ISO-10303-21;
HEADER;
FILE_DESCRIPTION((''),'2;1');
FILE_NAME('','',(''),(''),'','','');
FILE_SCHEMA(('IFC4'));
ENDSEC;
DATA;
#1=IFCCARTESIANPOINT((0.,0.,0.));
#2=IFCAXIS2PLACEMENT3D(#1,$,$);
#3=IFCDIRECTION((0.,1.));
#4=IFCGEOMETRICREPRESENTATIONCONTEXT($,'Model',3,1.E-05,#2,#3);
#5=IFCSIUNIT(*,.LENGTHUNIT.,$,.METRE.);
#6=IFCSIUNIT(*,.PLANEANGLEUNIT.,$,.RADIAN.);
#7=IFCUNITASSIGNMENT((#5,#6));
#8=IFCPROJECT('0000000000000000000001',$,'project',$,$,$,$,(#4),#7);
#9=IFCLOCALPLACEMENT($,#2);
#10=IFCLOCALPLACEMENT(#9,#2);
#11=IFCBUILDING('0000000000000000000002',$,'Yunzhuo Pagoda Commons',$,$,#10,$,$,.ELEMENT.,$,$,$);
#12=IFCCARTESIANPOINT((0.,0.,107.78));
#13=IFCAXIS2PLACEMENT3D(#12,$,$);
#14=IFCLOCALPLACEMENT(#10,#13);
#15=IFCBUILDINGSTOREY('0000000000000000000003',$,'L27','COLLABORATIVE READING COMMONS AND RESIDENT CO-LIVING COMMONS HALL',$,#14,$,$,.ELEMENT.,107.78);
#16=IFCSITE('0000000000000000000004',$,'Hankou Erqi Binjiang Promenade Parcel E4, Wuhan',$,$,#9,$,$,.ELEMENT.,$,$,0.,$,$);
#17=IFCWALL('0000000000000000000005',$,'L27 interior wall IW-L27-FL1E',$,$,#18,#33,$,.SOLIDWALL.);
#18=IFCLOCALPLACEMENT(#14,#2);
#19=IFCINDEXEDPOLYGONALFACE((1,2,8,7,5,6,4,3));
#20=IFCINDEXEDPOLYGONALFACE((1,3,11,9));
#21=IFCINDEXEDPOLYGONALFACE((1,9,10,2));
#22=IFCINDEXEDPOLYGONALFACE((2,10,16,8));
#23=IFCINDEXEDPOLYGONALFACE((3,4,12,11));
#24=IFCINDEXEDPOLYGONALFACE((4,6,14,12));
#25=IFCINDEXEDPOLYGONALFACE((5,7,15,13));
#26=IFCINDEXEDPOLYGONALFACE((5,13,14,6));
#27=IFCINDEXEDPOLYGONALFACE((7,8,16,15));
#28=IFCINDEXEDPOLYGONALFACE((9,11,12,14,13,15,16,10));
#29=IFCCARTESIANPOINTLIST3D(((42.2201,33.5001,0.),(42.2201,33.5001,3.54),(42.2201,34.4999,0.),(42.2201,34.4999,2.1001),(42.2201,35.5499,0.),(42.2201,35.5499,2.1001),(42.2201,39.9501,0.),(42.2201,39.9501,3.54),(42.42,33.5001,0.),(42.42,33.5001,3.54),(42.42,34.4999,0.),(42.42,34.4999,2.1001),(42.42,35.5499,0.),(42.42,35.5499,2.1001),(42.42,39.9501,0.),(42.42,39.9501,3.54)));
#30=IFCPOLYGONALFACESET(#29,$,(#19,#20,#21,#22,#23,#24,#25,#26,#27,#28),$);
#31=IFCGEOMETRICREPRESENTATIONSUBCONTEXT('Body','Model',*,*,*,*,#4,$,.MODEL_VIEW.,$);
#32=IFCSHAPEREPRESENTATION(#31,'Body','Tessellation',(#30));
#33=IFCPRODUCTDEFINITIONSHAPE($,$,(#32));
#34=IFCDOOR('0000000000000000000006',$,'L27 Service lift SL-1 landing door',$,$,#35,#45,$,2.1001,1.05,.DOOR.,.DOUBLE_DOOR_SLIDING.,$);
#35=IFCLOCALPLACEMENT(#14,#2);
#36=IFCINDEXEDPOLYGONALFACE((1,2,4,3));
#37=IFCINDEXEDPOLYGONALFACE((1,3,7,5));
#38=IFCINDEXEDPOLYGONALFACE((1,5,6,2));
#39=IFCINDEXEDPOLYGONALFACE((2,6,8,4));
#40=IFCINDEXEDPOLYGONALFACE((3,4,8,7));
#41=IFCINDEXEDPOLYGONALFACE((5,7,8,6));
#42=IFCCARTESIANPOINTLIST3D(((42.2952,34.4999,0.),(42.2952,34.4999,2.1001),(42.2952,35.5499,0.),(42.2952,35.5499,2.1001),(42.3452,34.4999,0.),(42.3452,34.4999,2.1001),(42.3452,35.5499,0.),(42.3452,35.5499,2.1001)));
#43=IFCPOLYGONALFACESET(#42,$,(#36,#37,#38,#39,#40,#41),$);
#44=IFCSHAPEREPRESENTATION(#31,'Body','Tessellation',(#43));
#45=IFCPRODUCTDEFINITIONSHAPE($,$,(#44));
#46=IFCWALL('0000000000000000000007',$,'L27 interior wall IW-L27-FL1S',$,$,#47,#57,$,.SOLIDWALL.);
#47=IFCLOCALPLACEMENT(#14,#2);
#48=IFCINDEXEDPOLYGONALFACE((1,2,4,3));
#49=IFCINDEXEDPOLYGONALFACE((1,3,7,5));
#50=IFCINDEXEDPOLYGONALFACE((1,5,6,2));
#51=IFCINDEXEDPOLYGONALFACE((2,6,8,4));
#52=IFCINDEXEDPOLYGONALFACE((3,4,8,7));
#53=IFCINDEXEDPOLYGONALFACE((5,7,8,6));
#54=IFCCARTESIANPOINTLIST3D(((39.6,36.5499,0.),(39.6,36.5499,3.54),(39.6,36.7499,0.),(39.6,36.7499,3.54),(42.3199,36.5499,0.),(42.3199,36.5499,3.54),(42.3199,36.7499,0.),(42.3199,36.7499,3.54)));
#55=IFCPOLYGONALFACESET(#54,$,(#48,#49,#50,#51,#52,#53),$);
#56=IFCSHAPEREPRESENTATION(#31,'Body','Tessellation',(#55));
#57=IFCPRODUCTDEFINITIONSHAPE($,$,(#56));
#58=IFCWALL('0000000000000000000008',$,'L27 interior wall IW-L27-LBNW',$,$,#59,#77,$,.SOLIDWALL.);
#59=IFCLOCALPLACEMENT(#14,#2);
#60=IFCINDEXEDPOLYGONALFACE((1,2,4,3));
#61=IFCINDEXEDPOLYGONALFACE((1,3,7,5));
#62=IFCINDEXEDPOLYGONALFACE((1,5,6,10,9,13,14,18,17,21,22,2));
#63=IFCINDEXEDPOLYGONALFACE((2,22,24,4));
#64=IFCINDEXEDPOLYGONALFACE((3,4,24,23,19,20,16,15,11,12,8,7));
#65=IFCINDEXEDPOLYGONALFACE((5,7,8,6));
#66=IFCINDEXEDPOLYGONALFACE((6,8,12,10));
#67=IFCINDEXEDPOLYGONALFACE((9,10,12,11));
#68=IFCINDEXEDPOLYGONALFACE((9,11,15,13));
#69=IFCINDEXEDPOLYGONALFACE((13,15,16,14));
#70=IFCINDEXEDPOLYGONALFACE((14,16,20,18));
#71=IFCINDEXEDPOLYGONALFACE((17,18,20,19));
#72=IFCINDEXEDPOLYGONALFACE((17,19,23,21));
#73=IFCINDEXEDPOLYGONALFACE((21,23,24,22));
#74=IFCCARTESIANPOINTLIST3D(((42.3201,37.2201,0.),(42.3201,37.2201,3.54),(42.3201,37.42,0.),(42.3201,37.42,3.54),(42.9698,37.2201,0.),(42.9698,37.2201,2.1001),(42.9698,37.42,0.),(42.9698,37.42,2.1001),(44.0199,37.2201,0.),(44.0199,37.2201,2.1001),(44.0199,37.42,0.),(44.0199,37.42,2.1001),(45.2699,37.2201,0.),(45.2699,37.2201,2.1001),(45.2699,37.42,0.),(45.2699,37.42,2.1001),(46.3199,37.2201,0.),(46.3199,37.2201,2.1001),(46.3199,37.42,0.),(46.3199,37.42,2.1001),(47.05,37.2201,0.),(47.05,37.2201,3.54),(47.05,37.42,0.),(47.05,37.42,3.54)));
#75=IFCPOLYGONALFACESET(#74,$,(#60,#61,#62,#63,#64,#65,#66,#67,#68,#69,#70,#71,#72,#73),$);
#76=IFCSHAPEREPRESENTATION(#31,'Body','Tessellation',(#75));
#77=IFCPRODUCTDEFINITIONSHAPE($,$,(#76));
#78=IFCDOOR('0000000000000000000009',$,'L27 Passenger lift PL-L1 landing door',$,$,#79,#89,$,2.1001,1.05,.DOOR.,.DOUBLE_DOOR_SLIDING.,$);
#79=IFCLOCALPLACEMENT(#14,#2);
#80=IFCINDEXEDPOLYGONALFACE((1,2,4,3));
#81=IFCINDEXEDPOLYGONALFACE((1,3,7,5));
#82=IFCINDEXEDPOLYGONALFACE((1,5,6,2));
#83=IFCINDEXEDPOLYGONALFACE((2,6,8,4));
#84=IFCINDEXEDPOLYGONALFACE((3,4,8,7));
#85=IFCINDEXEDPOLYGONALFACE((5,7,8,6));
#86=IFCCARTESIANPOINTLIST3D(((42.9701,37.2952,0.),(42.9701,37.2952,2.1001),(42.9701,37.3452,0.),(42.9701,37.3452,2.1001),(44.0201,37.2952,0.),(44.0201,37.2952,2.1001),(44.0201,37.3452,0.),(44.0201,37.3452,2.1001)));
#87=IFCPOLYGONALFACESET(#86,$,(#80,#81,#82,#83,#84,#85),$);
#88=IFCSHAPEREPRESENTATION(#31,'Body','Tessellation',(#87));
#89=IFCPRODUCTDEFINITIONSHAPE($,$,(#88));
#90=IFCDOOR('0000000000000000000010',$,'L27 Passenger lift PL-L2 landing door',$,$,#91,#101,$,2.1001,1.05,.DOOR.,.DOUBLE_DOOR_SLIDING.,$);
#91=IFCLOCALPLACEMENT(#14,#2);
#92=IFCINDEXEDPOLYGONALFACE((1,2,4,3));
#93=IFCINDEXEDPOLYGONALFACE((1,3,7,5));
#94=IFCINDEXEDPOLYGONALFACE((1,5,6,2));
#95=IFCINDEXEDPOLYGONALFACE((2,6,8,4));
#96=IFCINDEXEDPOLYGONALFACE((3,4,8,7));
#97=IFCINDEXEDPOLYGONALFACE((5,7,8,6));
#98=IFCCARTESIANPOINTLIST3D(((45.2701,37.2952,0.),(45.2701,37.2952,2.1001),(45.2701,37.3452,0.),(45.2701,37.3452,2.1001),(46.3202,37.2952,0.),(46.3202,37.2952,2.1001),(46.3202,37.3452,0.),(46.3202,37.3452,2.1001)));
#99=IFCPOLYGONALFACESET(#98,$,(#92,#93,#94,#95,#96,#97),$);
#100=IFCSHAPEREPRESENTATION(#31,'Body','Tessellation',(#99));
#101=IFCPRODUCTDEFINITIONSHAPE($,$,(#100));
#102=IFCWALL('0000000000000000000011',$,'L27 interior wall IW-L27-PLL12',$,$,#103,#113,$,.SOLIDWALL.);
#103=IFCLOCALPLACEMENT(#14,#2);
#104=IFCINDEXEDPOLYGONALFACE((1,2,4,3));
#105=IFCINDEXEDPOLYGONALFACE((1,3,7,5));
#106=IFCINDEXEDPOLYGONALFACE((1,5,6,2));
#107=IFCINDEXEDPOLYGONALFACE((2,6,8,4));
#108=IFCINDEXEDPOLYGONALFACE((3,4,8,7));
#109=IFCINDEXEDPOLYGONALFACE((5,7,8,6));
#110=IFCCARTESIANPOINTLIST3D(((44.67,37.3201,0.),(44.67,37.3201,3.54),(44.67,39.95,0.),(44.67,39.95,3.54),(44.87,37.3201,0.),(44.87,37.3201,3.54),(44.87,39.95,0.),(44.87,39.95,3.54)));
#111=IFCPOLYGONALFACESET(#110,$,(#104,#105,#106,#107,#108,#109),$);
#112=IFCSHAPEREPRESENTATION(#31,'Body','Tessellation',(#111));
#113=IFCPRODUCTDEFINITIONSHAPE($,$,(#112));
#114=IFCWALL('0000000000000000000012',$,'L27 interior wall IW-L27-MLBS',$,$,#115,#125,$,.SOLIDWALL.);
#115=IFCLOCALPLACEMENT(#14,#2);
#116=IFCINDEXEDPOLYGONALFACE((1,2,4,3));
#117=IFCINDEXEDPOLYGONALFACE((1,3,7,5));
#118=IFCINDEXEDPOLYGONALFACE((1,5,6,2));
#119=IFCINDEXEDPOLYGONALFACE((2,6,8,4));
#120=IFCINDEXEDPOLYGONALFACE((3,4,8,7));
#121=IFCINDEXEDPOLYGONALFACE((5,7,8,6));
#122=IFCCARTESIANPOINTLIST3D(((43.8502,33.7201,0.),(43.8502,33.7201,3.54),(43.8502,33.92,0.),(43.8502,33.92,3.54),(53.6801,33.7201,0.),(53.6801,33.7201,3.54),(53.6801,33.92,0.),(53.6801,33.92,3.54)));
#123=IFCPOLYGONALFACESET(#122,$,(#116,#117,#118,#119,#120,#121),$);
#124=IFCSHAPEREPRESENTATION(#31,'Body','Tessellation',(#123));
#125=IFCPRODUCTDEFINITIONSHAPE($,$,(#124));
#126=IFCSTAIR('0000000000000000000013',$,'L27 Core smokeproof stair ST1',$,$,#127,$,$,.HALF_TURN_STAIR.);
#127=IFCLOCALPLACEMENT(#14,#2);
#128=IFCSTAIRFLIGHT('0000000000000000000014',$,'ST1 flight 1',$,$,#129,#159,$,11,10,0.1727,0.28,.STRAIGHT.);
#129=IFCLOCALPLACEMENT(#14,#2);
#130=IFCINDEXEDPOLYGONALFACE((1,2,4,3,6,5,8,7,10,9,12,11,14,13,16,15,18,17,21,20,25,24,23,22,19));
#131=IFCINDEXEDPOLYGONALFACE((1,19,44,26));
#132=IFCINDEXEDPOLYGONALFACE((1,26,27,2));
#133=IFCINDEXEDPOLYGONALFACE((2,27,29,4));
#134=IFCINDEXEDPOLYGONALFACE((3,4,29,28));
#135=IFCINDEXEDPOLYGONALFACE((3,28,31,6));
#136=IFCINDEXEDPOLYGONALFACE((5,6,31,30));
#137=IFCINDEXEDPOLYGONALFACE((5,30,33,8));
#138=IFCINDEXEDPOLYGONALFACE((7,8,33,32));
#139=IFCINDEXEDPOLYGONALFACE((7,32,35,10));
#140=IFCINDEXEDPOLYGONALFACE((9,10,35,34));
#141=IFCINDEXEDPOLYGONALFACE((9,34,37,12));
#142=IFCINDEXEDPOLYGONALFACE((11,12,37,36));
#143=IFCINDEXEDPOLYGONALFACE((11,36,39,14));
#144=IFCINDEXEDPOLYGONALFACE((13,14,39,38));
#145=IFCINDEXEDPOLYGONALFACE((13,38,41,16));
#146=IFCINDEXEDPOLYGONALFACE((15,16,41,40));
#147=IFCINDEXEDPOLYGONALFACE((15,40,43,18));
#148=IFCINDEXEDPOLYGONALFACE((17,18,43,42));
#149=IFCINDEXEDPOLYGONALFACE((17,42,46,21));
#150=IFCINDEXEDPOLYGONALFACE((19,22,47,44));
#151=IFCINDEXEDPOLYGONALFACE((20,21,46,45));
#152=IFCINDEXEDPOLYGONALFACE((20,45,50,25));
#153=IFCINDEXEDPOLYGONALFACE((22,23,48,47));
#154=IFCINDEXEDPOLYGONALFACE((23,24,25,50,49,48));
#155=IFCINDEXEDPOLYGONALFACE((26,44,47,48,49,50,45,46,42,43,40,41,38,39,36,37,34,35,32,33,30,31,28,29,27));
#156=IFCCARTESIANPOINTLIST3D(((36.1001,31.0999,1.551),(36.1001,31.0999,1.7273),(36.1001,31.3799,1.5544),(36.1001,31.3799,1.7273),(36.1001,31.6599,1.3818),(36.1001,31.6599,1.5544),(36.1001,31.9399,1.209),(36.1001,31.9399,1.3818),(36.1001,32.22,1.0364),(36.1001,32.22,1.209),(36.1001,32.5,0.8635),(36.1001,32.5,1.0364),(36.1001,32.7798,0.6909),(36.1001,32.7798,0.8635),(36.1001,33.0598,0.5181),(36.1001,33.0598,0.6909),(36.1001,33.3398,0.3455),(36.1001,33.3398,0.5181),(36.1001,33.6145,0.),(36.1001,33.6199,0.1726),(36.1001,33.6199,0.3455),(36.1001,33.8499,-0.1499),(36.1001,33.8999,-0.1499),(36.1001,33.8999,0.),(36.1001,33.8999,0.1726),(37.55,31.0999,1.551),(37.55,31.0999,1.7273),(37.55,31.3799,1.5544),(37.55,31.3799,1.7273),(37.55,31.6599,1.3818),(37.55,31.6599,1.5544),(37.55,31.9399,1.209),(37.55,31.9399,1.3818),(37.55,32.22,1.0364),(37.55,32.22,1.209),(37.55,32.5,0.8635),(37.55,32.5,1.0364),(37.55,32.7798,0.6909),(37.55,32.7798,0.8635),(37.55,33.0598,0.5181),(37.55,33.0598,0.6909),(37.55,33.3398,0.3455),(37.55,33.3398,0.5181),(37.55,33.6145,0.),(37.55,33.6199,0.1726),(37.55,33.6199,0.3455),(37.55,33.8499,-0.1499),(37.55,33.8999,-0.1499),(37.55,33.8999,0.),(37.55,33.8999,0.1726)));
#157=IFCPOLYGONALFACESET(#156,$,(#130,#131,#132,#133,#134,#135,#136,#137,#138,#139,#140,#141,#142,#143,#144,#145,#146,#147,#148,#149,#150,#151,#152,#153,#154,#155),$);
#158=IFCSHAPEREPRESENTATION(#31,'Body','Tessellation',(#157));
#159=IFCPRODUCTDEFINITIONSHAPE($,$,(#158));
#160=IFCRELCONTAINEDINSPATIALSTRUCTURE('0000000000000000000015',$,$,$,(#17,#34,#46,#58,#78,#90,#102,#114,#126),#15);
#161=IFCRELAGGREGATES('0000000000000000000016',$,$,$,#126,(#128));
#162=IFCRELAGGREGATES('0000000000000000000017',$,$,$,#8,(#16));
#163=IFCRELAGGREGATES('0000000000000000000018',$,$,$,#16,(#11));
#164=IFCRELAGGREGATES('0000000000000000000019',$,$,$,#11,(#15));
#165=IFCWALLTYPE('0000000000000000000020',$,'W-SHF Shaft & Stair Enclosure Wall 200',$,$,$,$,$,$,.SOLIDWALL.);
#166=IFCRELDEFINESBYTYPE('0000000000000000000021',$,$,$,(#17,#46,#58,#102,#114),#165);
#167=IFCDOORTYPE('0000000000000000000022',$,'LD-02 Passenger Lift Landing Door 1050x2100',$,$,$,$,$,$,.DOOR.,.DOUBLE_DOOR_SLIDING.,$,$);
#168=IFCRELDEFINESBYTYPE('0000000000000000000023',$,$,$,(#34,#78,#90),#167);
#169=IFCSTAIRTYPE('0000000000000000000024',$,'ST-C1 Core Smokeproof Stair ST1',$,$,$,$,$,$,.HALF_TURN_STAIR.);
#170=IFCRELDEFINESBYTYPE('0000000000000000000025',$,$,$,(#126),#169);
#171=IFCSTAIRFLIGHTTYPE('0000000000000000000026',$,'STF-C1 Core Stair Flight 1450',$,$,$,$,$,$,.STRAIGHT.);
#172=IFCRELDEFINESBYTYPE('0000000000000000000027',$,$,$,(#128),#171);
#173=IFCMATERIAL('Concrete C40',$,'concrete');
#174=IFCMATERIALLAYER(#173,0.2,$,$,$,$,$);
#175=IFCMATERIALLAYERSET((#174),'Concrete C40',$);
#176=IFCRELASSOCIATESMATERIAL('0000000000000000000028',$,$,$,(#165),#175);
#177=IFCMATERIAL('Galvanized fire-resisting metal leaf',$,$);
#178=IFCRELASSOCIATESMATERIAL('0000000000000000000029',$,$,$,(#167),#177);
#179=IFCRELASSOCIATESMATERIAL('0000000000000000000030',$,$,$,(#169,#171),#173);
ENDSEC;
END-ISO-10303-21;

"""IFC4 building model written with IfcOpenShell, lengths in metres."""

from ifc_helpers import new_model, si_unit, direction, frame, frame_2d, origin, origin_with_axes, place, context, subcontext, project, spatial, polyline, rectangle, outline, extrude, source, transform, mapped, material, layer, layer_set, type_object, element, fill, aggregate, save


model = new_model("IFC4")

# Units and contexts
model_context = context("Model", 3, precision=1e-05, world=origin(), true_north=direction((0.0, 1.0)))
body_context = subcontext(model_context, "Body", "Model", "MODEL_VIEW")
ifc_project = project(units=[si_unit("LENGTHUNIT", "METRE"), si_unit("PLANEANGLEUNIT", "RADIAN")], contexts=[model_context])

# Site, building, storey
site_placement = place(None, origin())
site = spatial("IfcSite", under=ifc_project, at=site_placement, Name="Hankou Erqi Binjiang Promenade Parcel E4, Wuhan", CompositionType="ELEMENT", RefElevation=0.0)
building_placement = place(site_placement, origin())
building = spatial("IfcBuilding", under=site, at=building_placement, Name="Yunzhuo Pagoda Commons", CompositionType="ELEMENT")
storey_placement = place(building_placement, frame((0.0, 0.0, 107.78)))
storey = spatial("IfcBuildingStorey", under=building, at=storey_placement, Name="L27", Description="COLLABORATIVE READING COMMONS AND RESIDENT CO-LIVING COMMONS HALL", CompositionType="ELEMENT", Elevation=107.78)

# Shared definitions
ifc_material_1 = material(Name="Galvanized fire-resisting metal leaf")
shared_shape_1 = source(origin(), body_context, "Body", "SweptSolid", [
    extrude(rectangle(XDim=1.05, YDim=2.1001, at=frame_2d((0.5249, 1.05))), frame((0.0, 0.0249, 0.0), z_axis=(0.0, -1.0, 0.0), x_axis=(1.0, 0.0, 0.0)), (0.0, 0.0, 1.0), 0.05),
])

# Wall, opening, door
ifc_material_2 = material(Name="Concrete C40", Category="concrete")
ifc_layer_1 = layer(ifc_material_2, 0.2)
ifc_layer_set_1 = layer_set([ifc_layer_1], Name="Concrete C40")
wall_type_1 = type_object("IfcWallType", Name="W-SHF Shaft & Stair Enclosure Wall 200", PredefinedType="SOLIDWALL", material=ifc_layer_set_1)
wall_1_placement = place(storey_placement, frame((42.3201, 33.5, 0.0), z_axis=(0.0, 0.0, 1.0), x_axis=(0.0, 1.0, 0.0)))
wall_1 = element("IfcWall", 1, at=wall_1_placement, inside=storey, type_object=wall_type_1, Name="L27 interior wall IW-L27-FL1E", PredefinedType="SOLIDWALL", context=body_context, shape_type="SweptSolid", body=[
    extrude(rectangle(XDim=6.45, YDim=0.2, at=frame_2d((3.2251, 0.0))), origin(), (0.0, 0.0, 1.0), 3.54),
])
opening_1_placement = place(wall_1_placement, frame((1.0, 0.0, 0.0)))
opening_1 = element("IfcOpeningElement", 2, at=opening_1_placement, cuts=wall_1, PredefinedType="OPENING", context=body_context, shape_type="SweptSolid", body=[
    extrude(rectangle(XDim=1.05, YDim=2.1001, at=frame_2d((0.5249, 1.05))), frame((0.0, 0.1099, 0.0), z_axis=(0.0, -1.0, 0.0), x_axis=(1.0, 0.0, 0.0)), (0.0, 0.0, 1.0), 0.22),
])
door_type_1 = type_object("IfcDoorType", Name="LD-02 Passenger Lift Landing Door 1050x2100", OperationType="DOUBLE_DOOR_SLIDING", PredefinedType="DOOR", material=ifc_material_1)
door_1_placement = place(opening_1_placement, origin_with_axes())
door_1 = element("IfcDoor", 3, at=door_1_placement, inside=storey, type_object=door_type_1, Name="L27 Service lift SL-1 landing door", OperationType="DOUBLE_DOOR_SLIDING", OverallHeight=2.1001, OverallWidth=1.05, PredefinedType="DOOR", context=body_context, shape_type="MappedRepresentation", body=[
    mapped(shared_shape_1, transform((0.0, 0.0, 0.0), scale=1.0)),
])
fill(opening_1, door_1)

# Wall
wall_2_placement = place(storey_placement, frame((39.6001, 36.6499, 0.0), z_axis=(0.0, 0.0, 1.0), x_axis=(1.0, 0.0, 0.0)))
element("IfcWall", 4, at=wall_2_placement, inside=storey, type_object=wall_type_1, Name="L27 interior wall IW-L27-FL1S", PredefinedType="SOLIDWALL", context=body_context, shape_type="SweptSolid", body=[
    extrude(rectangle(XDim=2.72, YDim=0.2, at=frame_2d((1.3599, 0.0))), origin(), (0.0, 0.0, 1.0), 3.54),
])

# Wall, openings, doors
wall_3_placement = place(storey_placement, frame((42.3201, 37.3201, 0.0), z_axis=(0.0, 0.0, 1.0), x_axis=(1.0, 0.0, 0.0)))
wall_3 = element("IfcWall", 5, at=wall_3_placement, inside=storey, type_object=wall_type_1, Name="L27 interior wall IW-L27-LBNW", PredefinedType="SOLIDWALL", context=body_context, shape_type="SweptSolid", body=[
    extrude(rectangle(XDim=4.73, YDim=0.2, at=frame_2d((2.365, 0.0))), origin(), (0.0, 0.0, 1.0), 3.54),
])
opening_2_placement = place(wall_3_placement, frame((0.6499, 0.0, 0.0)))
opening_2 = element("IfcOpeningElement", 6, at=opening_2_placement, cuts=wall_3, PredefinedType="OPENING", context=body_context, shape_type="SweptSolid", body=[
    extrude(rectangle(XDim=1.05, YDim=2.1001, at=frame_2d((0.5249, 1.05))), frame((0.0, 0.1099, 0.0), z_axis=(0.0, -1.0, 0.0), x_axis=(1.0, 0.0, 0.0)), (0.0, 0.0, 1.0), 0.22),
])
opening_3_placement = place(wall_3_placement, frame((2.95, 0.0, 0.0)))
opening_3 = element("IfcOpeningElement", 7, at=opening_3_placement, cuts=wall_3, PredefinedType="OPENING", context=body_context, shape_type="SweptSolid", body=[
    extrude(rectangle(XDim=1.05, YDim=2.1001, at=frame_2d((0.5249, 1.05))), frame((0.0, 0.1099, 0.0), z_axis=(0.0, -1.0, 0.0), x_axis=(1.0, 0.0, 0.0)), (0.0, 0.0, 1.0), 0.22),
])
door_2_placement = place(opening_2_placement, frame((1.05, 0.0, 0.0), z_axis=(0.0, 0.0, 1.0), x_axis=(-1.0, 0.0, 0.0)))
door_2 = element("IfcDoor", 8, at=door_2_placement, inside=storey, type_object=door_type_1, Name="L27 Passenger lift PL-L1 landing door", OperationType="DOUBLE_DOOR_SLIDING", OverallHeight=2.1001, OverallWidth=1.05, PredefinedType="DOOR", context=body_context, shape_type="MappedRepresentation", body=[
    mapped(shared_shape_1, transform((0.0, 0.0, 0.0), scale=1.0)),
])
fill(opening_2, door_2)
door_3_placement = place(opening_3_placement, frame((1.05, 0.0, 0.0), z_axis=(0.0, 0.0, 1.0), x_axis=(-1.0, 0.0, 0.0)))
door_3 = element("IfcDoor", 9, at=door_3_placement, inside=storey, type_object=door_type_1, Name="L27 Passenger lift PL-L2 landing door", OperationType="DOUBLE_DOOR_SLIDING", OverallHeight=2.1001, OverallWidth=1.05, PredefinedType="DOOR", context=body_context, shape_type="MappedRepresentation", body=[
    mapped(shared_shape_1, transform((0.0, 0.0, 0.0), scale=1.0)),
])
fill(opening_3, door_3)

# Walls
wall_4_placement = place(storey_placement, frame((44.77, 37.3201, 0.0), z_axis=(0.0, 0.0, 1.0), x_axis=(0.0, 1.0, 0.0)))
element("IfcWall", 10, at=wall_4_placement, inside=storey, type_object=wall_type_1, Name="L27 interior wall IW-L27-PLL12", PredefinedType="SOLIDWALL", context=body_context, shape_type="SweptSolid", body=[
    extrude(rectangle(XDim=2.6299, YDim=0.2, at=frame_2d((1.3149, 0.0))), origin(), (0.0, 0.0, 1.0), 3.54),
])
wall_5_placement = place(storey_placement, frame((43.8501, 33.8201, 0.0), z_axis=(0.0, 0.0, 1.0), x_axis=(1.0, 0.0, 0.0)))
element("IfcWall", 11, at=wall_5_placement, inside=storey, type_object=wall_type_1, Name="L27 interior wall IW-L27-MLBS", PredefinedType="SOLIDWALL", context=body_context, shape_type="SweptSolid", body=[
    extrude(rectangle(XDim=9.8298, YDim=0.2, at=frame_2d((4.915, 0.0))), origin(), (0.0, 0.0, 1.0), 3.54),
])

# Stair, stair flight
stair_type = type_object("IfcStairType", Name="ST-C1 Core Smokeproof Stair ST1", PredefinedType="HALF_TURN_STAIR", material=ifc_material_2)
stair_placement = place(storey_placement, origin())
stair = element("IfcStair", 12, at=stair_placement, inside=storey, type_object=stair_type, Name="L27 Core smokeproof stair ST1", PredefinedType="HALF_TURN_STAIR")
stair_flight_type = type_object("IfcStairFlightType", Name="STF-C1 Core Stair Flight 1450", PredefinedType="STRAIGHT", material=ifc_material_2)
shared_shape_2 = source(origin(), body_context, "Body", "SweptSolid", [
    extrude(outline(polyline([(0.0, -0.1499), (0.0, 0.0), (0.0, 0.1726), (0.28, 0.1726), (0.28, 0.3455), (0.5601, 0.3455), (0.5601, 0.5181), (0.8401, 0.5181), (0.8401, 0.6909), (1.1201, 0.6909), (1.1201, 0.8635), (1.3999, 0.8635), (1.3999, 1.0364), (1.6799, 1.0364), (1.6799, 1.209), (1.96, 1.209), (1.96, 1.3818), (2.24, 1.3818), (2.24, 1.5544), (2.52, 1.5544), (2.52, 1.7273), (2.8, 1.7273), (2.8, 1.8999), (2.8, 1.551), (0.2854, 0.0), (0.05, -0.1499), (0.0, -0.1499)])), frame((0.0, 0.7251, 0.0), z_axis=(0.0, -1.0, 0.0), x_axis=(1.0, 0.0, 0.0)), (0.0, 0.0, 1.0), 1.45),
])
stair_flight_placement = place(storey_placement, frame((36.825, 33.8999, 0.0), z_axis=(0.0, 0.0, 1.0), x_axis=(0.0, -1.0, 0.0)))
stair_flight = element("IfcStairFlight", 13, at=stair_flight_placement, type_object=stair_flight_type, Name="ST1 flight 1", NumberOfRisers=11, NumberOfTreads=10, PredefinedType="STRAIGHT", RiserHeight=0.1727, TreadLength=0.28, context=body_context, shape_type="MappedRepresentation", body=[
    mapped(shared_shape_2, transform((0.0, 0.0, 0.0), scale=1.0)),
])
aggregate(stair, [stair_flight])

save(model, "model.ifc")
